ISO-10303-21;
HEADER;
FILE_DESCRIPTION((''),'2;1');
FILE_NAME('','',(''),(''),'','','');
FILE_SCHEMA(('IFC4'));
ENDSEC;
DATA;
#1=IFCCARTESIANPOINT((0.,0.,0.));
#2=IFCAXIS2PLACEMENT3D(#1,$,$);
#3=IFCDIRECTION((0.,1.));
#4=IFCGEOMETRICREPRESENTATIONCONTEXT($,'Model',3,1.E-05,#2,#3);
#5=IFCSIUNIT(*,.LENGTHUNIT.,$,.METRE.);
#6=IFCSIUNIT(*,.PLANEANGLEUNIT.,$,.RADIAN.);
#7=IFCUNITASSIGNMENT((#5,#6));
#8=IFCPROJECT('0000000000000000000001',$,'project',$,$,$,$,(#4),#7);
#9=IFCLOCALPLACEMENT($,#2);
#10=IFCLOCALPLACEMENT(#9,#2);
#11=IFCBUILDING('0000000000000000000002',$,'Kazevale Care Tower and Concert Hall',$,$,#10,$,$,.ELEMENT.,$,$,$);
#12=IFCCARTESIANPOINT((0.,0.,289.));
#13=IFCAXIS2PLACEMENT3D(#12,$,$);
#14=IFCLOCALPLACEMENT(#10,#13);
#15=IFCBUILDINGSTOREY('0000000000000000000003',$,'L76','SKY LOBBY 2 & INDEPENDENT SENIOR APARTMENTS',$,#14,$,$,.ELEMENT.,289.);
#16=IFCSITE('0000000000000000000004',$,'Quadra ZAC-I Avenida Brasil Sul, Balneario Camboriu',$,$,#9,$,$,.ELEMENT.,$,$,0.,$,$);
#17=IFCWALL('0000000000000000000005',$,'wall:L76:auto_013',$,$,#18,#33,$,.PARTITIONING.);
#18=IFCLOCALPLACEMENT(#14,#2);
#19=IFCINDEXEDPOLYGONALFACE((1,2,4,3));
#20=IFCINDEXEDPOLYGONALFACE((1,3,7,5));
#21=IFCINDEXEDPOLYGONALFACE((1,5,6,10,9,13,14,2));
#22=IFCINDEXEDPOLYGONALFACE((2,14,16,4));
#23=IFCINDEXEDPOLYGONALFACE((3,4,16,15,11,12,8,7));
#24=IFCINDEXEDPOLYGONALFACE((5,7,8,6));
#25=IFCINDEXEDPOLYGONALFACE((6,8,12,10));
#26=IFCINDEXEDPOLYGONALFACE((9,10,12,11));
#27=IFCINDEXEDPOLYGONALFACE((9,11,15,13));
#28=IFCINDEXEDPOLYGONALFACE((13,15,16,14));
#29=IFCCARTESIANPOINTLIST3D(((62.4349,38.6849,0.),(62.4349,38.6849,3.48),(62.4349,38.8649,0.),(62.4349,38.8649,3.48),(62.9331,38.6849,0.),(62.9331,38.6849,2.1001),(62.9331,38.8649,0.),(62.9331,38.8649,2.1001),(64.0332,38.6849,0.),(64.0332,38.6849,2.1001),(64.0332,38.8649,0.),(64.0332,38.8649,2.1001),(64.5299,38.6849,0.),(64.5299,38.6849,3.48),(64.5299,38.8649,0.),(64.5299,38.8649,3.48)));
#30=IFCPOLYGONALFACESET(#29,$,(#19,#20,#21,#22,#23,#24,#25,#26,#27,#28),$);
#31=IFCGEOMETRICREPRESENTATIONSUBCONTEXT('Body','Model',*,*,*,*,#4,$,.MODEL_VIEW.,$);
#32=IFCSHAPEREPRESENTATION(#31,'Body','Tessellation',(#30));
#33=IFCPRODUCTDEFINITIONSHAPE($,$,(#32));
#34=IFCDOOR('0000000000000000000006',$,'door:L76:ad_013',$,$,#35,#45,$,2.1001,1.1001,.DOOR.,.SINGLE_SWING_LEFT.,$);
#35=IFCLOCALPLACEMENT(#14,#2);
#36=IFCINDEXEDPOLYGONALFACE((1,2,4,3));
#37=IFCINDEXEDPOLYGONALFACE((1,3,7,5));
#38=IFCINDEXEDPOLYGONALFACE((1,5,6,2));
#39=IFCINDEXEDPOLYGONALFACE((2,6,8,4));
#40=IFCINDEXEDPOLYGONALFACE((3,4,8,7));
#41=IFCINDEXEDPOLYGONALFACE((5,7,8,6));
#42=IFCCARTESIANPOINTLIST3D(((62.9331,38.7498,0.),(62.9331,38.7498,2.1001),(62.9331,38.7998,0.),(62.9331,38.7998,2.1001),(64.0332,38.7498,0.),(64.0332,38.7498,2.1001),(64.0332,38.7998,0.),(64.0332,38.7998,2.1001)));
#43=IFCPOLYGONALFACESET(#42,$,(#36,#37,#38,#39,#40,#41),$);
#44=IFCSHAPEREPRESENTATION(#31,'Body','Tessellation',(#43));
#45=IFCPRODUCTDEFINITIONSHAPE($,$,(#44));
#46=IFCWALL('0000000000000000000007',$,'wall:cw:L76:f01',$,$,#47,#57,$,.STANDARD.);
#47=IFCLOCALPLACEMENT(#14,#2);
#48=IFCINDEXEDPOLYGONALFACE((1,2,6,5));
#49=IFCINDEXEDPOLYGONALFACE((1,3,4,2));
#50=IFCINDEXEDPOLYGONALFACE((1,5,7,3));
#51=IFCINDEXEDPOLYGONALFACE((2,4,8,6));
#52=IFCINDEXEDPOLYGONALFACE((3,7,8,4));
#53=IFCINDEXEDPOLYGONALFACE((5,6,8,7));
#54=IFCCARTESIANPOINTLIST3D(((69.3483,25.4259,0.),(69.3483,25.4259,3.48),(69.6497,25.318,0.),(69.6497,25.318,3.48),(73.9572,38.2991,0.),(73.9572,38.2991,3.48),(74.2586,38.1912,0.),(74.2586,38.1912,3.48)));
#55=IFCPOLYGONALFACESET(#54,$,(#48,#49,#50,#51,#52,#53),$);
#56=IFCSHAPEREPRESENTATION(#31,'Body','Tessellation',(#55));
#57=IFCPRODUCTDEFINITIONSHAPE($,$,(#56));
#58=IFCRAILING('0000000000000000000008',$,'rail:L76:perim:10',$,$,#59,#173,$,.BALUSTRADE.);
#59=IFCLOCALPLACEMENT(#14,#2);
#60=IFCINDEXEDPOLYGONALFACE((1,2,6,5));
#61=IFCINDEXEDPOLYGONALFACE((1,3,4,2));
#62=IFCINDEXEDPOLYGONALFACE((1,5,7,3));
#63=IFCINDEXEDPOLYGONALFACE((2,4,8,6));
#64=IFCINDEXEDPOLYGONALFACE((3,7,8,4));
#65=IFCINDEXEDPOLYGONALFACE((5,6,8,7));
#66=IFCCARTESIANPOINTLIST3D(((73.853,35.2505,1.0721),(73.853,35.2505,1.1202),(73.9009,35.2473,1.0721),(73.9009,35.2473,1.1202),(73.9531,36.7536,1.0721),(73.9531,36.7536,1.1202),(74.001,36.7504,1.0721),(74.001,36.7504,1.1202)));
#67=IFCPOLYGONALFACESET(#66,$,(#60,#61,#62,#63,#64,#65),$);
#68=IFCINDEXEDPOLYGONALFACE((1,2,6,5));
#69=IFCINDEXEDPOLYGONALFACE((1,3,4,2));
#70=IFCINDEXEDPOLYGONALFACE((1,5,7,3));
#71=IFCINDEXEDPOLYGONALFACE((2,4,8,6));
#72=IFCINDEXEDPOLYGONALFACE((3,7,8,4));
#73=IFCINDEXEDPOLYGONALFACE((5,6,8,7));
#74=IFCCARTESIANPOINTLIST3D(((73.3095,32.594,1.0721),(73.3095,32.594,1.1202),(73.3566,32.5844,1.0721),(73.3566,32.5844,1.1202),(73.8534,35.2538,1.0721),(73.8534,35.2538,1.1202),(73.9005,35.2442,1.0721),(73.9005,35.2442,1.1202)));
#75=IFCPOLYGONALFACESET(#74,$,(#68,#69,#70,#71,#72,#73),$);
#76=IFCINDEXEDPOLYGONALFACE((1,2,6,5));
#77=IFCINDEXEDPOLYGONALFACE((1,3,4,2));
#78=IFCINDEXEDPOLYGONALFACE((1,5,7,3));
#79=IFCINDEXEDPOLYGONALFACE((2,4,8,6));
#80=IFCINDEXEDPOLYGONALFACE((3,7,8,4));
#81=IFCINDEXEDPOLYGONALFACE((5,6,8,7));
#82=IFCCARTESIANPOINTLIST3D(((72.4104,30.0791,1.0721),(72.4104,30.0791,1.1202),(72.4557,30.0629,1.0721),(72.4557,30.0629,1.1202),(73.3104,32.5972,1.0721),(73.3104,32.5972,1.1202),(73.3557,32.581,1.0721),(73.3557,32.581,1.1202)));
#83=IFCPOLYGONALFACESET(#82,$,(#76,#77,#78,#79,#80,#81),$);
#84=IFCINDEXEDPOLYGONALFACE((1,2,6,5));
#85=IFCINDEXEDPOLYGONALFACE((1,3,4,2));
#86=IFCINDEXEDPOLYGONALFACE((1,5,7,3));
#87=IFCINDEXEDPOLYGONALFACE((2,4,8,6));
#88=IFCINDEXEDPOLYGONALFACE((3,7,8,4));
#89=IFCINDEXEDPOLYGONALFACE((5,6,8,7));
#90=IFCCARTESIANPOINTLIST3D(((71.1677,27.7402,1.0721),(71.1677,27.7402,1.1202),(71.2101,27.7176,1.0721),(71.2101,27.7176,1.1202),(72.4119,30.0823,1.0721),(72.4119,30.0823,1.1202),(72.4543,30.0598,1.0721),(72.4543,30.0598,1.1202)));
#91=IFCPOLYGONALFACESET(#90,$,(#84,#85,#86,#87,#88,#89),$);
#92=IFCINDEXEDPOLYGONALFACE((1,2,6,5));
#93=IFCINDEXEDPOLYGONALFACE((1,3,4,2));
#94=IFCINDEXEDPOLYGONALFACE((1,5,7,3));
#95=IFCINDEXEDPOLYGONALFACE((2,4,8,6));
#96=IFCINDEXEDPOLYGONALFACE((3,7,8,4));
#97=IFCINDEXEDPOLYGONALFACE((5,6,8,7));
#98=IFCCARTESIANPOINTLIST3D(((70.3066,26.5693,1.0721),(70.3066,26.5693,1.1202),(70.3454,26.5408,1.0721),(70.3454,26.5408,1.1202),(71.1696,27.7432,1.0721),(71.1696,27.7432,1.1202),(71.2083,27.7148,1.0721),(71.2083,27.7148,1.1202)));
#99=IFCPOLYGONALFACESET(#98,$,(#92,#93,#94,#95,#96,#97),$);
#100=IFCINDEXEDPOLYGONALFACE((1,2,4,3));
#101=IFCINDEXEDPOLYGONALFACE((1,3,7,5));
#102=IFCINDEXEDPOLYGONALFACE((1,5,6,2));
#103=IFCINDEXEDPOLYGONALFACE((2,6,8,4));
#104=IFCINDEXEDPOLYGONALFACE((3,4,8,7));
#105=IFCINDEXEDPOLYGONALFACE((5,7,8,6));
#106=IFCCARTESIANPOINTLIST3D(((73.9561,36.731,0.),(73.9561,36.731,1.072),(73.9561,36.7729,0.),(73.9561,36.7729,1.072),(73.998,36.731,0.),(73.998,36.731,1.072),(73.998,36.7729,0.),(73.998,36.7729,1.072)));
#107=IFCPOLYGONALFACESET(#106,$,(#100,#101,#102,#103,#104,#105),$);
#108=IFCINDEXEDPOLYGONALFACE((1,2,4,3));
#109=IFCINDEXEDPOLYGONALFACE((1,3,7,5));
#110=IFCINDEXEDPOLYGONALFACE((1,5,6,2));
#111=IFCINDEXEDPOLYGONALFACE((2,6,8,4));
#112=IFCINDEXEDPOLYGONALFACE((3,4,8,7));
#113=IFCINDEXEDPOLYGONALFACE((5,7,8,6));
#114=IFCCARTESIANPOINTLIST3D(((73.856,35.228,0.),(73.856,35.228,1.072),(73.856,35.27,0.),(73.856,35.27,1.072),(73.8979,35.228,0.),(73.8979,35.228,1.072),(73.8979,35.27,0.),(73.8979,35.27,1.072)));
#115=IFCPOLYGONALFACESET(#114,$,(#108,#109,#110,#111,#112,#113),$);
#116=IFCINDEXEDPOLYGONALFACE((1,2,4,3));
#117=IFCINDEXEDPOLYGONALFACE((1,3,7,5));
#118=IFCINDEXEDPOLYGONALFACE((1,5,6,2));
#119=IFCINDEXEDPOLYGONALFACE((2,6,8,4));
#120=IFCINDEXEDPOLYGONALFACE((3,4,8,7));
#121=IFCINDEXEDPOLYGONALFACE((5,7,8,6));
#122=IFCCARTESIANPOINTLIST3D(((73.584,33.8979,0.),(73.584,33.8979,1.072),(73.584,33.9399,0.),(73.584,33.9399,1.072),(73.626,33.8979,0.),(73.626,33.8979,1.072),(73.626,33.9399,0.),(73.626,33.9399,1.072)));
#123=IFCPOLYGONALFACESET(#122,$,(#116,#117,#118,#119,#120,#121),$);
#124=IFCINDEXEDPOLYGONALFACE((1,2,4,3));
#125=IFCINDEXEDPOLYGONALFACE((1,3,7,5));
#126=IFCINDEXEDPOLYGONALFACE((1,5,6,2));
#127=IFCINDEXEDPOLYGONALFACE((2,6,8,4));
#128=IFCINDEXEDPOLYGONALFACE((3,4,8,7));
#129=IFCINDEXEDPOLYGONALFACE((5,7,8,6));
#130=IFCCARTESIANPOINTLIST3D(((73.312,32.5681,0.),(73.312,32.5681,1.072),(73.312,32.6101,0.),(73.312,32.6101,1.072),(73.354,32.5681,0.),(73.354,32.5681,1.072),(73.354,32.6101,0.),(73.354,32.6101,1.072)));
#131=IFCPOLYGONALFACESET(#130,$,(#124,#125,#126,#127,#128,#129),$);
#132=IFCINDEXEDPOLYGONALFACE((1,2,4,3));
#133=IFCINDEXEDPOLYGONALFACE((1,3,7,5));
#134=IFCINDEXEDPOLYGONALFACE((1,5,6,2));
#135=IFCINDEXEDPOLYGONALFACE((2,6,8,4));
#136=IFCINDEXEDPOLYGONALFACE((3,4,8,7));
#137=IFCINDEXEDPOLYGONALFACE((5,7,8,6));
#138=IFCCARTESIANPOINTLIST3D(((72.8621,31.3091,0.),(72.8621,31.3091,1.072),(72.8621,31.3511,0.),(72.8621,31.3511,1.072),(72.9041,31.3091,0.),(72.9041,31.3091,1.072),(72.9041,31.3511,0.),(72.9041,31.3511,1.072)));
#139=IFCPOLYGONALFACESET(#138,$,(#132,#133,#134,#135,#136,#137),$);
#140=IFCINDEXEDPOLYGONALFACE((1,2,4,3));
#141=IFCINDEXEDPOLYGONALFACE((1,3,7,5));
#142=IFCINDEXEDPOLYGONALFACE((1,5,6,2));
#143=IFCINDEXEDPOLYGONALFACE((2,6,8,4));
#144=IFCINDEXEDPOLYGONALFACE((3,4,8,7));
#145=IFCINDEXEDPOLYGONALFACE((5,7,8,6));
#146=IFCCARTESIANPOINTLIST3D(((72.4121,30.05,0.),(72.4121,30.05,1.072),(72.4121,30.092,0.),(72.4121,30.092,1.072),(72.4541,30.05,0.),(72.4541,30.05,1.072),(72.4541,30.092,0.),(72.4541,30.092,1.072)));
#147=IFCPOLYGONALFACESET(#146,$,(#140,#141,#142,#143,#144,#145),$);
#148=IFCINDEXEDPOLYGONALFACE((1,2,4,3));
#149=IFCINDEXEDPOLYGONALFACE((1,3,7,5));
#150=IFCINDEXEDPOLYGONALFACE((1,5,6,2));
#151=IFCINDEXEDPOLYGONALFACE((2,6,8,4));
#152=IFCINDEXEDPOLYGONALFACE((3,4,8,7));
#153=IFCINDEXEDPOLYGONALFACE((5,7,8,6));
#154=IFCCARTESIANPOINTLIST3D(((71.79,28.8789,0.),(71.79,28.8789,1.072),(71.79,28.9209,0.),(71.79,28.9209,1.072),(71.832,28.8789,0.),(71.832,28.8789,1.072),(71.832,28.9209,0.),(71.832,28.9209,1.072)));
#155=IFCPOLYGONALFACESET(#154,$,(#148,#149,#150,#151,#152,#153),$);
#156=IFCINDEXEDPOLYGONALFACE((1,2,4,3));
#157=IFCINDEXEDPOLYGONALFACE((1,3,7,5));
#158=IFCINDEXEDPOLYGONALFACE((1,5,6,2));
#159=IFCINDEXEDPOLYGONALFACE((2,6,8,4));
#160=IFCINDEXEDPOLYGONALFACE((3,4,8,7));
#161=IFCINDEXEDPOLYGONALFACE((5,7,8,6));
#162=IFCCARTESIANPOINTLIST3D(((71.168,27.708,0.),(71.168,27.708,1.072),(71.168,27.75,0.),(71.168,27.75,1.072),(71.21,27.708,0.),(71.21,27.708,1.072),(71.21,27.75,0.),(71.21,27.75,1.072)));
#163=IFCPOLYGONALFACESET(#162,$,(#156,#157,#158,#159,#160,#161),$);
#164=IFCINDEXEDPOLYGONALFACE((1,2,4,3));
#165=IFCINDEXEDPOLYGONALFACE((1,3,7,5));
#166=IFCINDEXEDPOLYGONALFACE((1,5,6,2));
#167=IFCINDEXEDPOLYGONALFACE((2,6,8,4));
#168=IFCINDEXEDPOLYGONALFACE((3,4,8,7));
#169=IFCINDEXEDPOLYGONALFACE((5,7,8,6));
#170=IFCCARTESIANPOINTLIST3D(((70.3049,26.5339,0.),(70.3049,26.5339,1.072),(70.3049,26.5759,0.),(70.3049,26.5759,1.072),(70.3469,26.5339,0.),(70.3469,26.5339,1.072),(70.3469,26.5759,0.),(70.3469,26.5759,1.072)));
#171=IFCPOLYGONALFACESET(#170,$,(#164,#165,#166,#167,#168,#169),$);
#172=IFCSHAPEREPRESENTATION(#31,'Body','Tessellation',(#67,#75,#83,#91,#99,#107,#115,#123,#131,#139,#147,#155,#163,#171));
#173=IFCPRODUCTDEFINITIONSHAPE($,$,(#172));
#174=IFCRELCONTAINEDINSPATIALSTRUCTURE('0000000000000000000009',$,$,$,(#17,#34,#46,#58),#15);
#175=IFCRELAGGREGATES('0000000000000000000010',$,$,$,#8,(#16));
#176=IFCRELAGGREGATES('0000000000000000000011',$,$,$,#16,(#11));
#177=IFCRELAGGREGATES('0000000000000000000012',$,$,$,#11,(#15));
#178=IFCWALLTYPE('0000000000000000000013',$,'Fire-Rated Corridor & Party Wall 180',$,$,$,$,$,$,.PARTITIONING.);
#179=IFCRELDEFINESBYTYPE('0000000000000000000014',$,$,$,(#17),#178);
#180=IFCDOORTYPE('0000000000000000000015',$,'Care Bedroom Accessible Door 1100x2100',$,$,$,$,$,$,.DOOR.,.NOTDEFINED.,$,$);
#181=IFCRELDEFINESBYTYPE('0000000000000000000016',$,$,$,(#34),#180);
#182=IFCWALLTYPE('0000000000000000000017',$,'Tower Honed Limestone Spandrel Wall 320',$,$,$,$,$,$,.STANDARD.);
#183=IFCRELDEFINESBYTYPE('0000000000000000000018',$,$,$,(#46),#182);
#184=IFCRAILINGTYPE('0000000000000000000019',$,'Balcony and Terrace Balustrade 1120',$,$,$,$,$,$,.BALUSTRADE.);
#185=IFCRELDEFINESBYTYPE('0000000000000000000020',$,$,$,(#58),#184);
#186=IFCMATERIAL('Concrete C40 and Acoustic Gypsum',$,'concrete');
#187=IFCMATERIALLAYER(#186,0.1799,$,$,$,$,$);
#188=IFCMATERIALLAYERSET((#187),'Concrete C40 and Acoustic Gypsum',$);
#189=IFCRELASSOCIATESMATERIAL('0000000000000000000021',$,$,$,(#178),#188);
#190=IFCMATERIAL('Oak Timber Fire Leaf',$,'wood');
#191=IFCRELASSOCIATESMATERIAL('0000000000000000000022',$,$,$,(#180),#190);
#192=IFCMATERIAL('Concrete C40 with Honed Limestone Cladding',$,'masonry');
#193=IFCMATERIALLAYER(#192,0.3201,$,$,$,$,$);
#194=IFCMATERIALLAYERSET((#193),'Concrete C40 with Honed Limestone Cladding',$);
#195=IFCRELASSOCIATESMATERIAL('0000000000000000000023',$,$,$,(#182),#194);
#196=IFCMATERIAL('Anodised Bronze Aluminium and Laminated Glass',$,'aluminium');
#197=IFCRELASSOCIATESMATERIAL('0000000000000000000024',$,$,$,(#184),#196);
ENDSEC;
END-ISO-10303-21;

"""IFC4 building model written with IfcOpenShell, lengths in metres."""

from ifc_helpers import new_model, si_unit, direction, frame, frame_2d, origin, origin_2d, place, context, subcontext, project, spatial, rectangle, extrude, material, layer, layer_set, type_object, element, fill, save


model = new_model("IFC4")

# Units and contexts
model_context = context("Model", 3, precision=1e-05, world=origin(), true_north=direction((0.0, 1.0)))
body_context = subcontext(model_context, "Body", "Model", "MODEL_VIEW")
ifc_project = project(units=[si_unit("LENGTHUNIT", "METRE"), si_unit("PLANEANGLEUNIT", "RADIAN")], contexts=[model_context])

# Site, building, storey
site_placement = place(None, origin())
site = spatial("IfcSite", under=ifc_project, at=site_placement, Name="Quadra ZAC-I Avenida Brasil Sul, Balneario Camboriu", CompositionType="ELEMENT", RefElevation=0.0)
building_placement = place(site_placement, origin())
building = spatial("IfcBuilding", under=site, at=building_placement, Name="Kazevale Care Tower and Concert Hall", CompositionType="ELEMENT")
storey_placement = place(building_placement, frame((0.0, 0.0, 289.0)))
storey = spatial("IfcBuildingStorey", under=building, at=storey_placement, Name="L76", Description="SKY LOBBY 2 & INDEPENDENT SENIOR APARTMENTS", CompositionType="ELEMENT", Elevation=289.0)

# Wall, opening, door
ifc_material_1 = material(Name="Concrete C40 and Acoustic Gypsum", Category="concrete")
ifc_layer_1 = layer(ifc_material_1, 0.1799)
ifc_layer_set_1 = layer_set([ifc_layer_1], Name="Concrete C40 and Acoustic Gypsum")
wall_type_1 = type_object("IfcWallType", Name="Fire-Rated Corridor & Party Wall 180", PredefinedType="PARTITIONING", material=ifc_layer_set_1)
ifc_material_2 = material(Name="Oak Timber Fire Leaf", Category="wood")
door_type = type_object("IfcDoorType", Name="Care Bedroom Accessible Door 1100x2100", OperationType="NOTDEFINED", PredefinedType="DOOR", material=ifc_material_2)
wall_1_placement = place(storey_placement, frame((62.4351, 38.7749, 0.0), z_axis=(0.0, 0.0, 1.0), x_axis=(1.0, 0.0, 0.0)))
wall_1 = element("IfcWall", 1, at=wall_1_placement, inside=storey, type_object=wall_type_1, Name="wall:L76:auto_013", PredefinedType="PARTITIONING", context=body_context, shape_type="SweptSolid", body=[
    extrude(rectangle(XDim=2.095, YDim=0.1799, at=frame_2d((1.0474, 0.0))), origin(), (0.0, 0.0, 1.0), 3.48),
])
opening_1_placement = place(wall_1_placement, frame((0.498, 0.0, 0.0)))
opening_1 = element("IfcOpeningElement", 2, at=opening_1_placement, cuts=wall_1, PredefinedType="OPENING", context=body_context, shape_type="SweptSolid", body=[
    extrude(rectangle(XDim=1.1001, YDim=2.1001, at=frame_2d((0.55, 1.05))), frame((0.0, 0.0999, 0.0), z_axis=(0.0, -1.0, 0.0), x_axis=(1.0, 0.0, 0.0)), (0.0, 0.0, 1.0), 0.2),
])
door_1_placement = place(opening_1_placement, origin())
door_1 = element("IfcDoor", 3, at=door_1_placement, inside=storey, type_object=door_type, Name="door:L76:ad_013", OperationType="SINGLE_SWING_LEFT", OverallHeight=2.1001, OverallWidth=1.1001, PredefinedType="DOOR", context=body_context, shape_type="SweptSolid", body=[
    extrude(rectangle(XDim=1.1001, YDim=2.1001, at=frame_2d((0.55, 1.05))), frame((0.0, 0.0249, 0.0), z_axis=(0.0, -1.0, 0.0), x_axis=(1.0, 0.0, 0.0)), (0.0, 0.0, 1.0), 0.05),
])
fill(opening_1, door_1)

# Wall
ifc_material_3 = material(Name="Concrete C40 with Honed Limestone Cladding", Category="masonry")
ifc_layer_2 = layer(ifc_material_3, 0.3201)
ifc_layer_set_2 = layer_set([ifc_layer_2], Name="Concrete C40 with Honed Limestone Cladding")
wall_type_2 = type_object("IfcWallType", Name="Tower Honed Limestone Spandrel Wall 320", PredefinedType="STANDARD", material=ifc_layer_set_2)
wall_2_placement = place(storey_placement, frame((74.1079, 38.2451, 0.0), z_axis=(0.0, 0.0, 1.0), x_axis=(-0.337074, -0.941478, 0.0)))
element("IfcWall", 4, at=wall_2_placement, inside=storey, type_object=wall_type_2, Name="wall:cw:L76:f01", PredefinedType="STANDARD", context=body_context, shape_type="SweptSolid", body=[
    extrude(rectangle(XDim=13.6733, YDim=0.3201, at=frame_2d((6.8367, 0.0))), origin(), (0.0, 0.0, 1.0), 3.48),
])

# Railing
ifc_material_4 = material(Name="Anodised Bronze Aluminium and Laminated Glass", Category="aluminium")
railing_type = type_object("IfcRailingType", Name="Balcony and Terrace Balustrade 1120", PredefinedType="BALUSTRADE", material=ifc_material_4)
railing_1_placement = place(storey_placement, frame((73.9771, 36.752, 0.0)))
element("IfcRailing", 5, at=railing_1_placement, inside=storey, type_object=railing_type, Name="rail:L76:perim:10", PredefinedType="BALUSTRADE", context=body_context, shape_type="SweptSolid", body=[
    extrude(rectangle(XDim=0.0481, YDim=0.0481, at=origin_2d()), frame((0.0, 0.0, 1.0962), z_axis=(-0.066454, -0.997789, 0.0), x_axis=(0.997789, -0.066454, 0.0)), (0.0, 0.0, 1.0), 1.5063),
    extrude(rectangle(XDim=0.0481, YDim=0.0481, at=origin_2d()), frame((-0.1001, -1.5029, 1.0962), z_axis=(-0.200351, -0.979724, 0.0), x_axis=(0.979724, -0.200351, 0.0)), (0.0, 0.0, 1.0), 2.7148),
    extrude(rectangle(XDim=0.0481, YDim=0.0481, at=origin_2d()), frame((-0.644, -4.1628, 1.0962), z_axis=(-0.336533, -0.941672, 0.0), x_axis=(0.941672, -0.336533, 0.0)), (0.0, 0.0, 1.0), 2.6741),
    extrude(rectangle(XDim=0.0481, YDim=0.0481, at=origin_2d()), frame((-1.5439, -6.6809, 1.0962), z_axis=(-0.469135, -0.883126, 0.0), x_axis=(0.883126, -0.469135, 0.0)), (0.0, 0.0, 1.0), 2.6521),
    extrude(rectangle(XDim=0.0481, YDim=0.0481, at=origin_2d()), frame((-2.7881, -9.0229, 1.0962), z_axis=(-0.592278, -0.805733, 0.0), x_axis=(0.805733, -0.592278, 0.0)), (0.0, 0.0, 1.0), 1.457),
    extrude(rectangle(XDim=0.042, YDim=0.042, at=origin_2d()), origin(), (0.0, 0.0, 1.0), 1.072),
    extrude(rectangle(XDim=0.042, YDim=0.042, at=origin_2d()), frame((-0.1001, -1.5029, 0.0)), (0.0, 0.0, 1.0), 1.072),
    extrude(rectangle(XDim=0.042, YDim=0.042, at=origin_2d()), frame((-0.3721, -2.833, 0.0)), (0.0, 0.0, 1.0), 1.072),
    extrude(rectangle(XDim=0.042, YDim=0.042, at=origin_2d()), frame((-0.644, -4.1628, 0.0)), (0.0, 0.0, 1.0), 1.072),
    extrude(rectangle(XDim=0.042, YDim=0.042, at=origin_2d()), frame((-1.094, -5.4219, 0.0)), (0.0, 0.0, 1.0), 1.072),
    extrude(rectangle(XDim=0.042, YDim=0.042, at=origin_2d()), frame((-1.5439, -6.6809, 0.0)), (0.0, 0.0, 1.0), 1.072),
    extrude(rectangle(XDim=0.042, YDim=0.042, at=origin_2d()), frame((-2.166, -7.8521, 0.0)), (0.0, 0.0, 1.0), 1.072),
    extrude(rectangle(XDim=0.042, YDim=0.042, at=origin_2d()), frame((-2.7881, -9.0229, 0.0)), (0.0, 0.0, 1.0), 1.072),
    extrude(rectangle(XDim=0.042, YDim=0.042, at=origin_2d()), frame((-3.6511, -10.197, 0.0)), (0.0, 0.0, 1.0), 1.072),
])

save(model, "model.ifc")
